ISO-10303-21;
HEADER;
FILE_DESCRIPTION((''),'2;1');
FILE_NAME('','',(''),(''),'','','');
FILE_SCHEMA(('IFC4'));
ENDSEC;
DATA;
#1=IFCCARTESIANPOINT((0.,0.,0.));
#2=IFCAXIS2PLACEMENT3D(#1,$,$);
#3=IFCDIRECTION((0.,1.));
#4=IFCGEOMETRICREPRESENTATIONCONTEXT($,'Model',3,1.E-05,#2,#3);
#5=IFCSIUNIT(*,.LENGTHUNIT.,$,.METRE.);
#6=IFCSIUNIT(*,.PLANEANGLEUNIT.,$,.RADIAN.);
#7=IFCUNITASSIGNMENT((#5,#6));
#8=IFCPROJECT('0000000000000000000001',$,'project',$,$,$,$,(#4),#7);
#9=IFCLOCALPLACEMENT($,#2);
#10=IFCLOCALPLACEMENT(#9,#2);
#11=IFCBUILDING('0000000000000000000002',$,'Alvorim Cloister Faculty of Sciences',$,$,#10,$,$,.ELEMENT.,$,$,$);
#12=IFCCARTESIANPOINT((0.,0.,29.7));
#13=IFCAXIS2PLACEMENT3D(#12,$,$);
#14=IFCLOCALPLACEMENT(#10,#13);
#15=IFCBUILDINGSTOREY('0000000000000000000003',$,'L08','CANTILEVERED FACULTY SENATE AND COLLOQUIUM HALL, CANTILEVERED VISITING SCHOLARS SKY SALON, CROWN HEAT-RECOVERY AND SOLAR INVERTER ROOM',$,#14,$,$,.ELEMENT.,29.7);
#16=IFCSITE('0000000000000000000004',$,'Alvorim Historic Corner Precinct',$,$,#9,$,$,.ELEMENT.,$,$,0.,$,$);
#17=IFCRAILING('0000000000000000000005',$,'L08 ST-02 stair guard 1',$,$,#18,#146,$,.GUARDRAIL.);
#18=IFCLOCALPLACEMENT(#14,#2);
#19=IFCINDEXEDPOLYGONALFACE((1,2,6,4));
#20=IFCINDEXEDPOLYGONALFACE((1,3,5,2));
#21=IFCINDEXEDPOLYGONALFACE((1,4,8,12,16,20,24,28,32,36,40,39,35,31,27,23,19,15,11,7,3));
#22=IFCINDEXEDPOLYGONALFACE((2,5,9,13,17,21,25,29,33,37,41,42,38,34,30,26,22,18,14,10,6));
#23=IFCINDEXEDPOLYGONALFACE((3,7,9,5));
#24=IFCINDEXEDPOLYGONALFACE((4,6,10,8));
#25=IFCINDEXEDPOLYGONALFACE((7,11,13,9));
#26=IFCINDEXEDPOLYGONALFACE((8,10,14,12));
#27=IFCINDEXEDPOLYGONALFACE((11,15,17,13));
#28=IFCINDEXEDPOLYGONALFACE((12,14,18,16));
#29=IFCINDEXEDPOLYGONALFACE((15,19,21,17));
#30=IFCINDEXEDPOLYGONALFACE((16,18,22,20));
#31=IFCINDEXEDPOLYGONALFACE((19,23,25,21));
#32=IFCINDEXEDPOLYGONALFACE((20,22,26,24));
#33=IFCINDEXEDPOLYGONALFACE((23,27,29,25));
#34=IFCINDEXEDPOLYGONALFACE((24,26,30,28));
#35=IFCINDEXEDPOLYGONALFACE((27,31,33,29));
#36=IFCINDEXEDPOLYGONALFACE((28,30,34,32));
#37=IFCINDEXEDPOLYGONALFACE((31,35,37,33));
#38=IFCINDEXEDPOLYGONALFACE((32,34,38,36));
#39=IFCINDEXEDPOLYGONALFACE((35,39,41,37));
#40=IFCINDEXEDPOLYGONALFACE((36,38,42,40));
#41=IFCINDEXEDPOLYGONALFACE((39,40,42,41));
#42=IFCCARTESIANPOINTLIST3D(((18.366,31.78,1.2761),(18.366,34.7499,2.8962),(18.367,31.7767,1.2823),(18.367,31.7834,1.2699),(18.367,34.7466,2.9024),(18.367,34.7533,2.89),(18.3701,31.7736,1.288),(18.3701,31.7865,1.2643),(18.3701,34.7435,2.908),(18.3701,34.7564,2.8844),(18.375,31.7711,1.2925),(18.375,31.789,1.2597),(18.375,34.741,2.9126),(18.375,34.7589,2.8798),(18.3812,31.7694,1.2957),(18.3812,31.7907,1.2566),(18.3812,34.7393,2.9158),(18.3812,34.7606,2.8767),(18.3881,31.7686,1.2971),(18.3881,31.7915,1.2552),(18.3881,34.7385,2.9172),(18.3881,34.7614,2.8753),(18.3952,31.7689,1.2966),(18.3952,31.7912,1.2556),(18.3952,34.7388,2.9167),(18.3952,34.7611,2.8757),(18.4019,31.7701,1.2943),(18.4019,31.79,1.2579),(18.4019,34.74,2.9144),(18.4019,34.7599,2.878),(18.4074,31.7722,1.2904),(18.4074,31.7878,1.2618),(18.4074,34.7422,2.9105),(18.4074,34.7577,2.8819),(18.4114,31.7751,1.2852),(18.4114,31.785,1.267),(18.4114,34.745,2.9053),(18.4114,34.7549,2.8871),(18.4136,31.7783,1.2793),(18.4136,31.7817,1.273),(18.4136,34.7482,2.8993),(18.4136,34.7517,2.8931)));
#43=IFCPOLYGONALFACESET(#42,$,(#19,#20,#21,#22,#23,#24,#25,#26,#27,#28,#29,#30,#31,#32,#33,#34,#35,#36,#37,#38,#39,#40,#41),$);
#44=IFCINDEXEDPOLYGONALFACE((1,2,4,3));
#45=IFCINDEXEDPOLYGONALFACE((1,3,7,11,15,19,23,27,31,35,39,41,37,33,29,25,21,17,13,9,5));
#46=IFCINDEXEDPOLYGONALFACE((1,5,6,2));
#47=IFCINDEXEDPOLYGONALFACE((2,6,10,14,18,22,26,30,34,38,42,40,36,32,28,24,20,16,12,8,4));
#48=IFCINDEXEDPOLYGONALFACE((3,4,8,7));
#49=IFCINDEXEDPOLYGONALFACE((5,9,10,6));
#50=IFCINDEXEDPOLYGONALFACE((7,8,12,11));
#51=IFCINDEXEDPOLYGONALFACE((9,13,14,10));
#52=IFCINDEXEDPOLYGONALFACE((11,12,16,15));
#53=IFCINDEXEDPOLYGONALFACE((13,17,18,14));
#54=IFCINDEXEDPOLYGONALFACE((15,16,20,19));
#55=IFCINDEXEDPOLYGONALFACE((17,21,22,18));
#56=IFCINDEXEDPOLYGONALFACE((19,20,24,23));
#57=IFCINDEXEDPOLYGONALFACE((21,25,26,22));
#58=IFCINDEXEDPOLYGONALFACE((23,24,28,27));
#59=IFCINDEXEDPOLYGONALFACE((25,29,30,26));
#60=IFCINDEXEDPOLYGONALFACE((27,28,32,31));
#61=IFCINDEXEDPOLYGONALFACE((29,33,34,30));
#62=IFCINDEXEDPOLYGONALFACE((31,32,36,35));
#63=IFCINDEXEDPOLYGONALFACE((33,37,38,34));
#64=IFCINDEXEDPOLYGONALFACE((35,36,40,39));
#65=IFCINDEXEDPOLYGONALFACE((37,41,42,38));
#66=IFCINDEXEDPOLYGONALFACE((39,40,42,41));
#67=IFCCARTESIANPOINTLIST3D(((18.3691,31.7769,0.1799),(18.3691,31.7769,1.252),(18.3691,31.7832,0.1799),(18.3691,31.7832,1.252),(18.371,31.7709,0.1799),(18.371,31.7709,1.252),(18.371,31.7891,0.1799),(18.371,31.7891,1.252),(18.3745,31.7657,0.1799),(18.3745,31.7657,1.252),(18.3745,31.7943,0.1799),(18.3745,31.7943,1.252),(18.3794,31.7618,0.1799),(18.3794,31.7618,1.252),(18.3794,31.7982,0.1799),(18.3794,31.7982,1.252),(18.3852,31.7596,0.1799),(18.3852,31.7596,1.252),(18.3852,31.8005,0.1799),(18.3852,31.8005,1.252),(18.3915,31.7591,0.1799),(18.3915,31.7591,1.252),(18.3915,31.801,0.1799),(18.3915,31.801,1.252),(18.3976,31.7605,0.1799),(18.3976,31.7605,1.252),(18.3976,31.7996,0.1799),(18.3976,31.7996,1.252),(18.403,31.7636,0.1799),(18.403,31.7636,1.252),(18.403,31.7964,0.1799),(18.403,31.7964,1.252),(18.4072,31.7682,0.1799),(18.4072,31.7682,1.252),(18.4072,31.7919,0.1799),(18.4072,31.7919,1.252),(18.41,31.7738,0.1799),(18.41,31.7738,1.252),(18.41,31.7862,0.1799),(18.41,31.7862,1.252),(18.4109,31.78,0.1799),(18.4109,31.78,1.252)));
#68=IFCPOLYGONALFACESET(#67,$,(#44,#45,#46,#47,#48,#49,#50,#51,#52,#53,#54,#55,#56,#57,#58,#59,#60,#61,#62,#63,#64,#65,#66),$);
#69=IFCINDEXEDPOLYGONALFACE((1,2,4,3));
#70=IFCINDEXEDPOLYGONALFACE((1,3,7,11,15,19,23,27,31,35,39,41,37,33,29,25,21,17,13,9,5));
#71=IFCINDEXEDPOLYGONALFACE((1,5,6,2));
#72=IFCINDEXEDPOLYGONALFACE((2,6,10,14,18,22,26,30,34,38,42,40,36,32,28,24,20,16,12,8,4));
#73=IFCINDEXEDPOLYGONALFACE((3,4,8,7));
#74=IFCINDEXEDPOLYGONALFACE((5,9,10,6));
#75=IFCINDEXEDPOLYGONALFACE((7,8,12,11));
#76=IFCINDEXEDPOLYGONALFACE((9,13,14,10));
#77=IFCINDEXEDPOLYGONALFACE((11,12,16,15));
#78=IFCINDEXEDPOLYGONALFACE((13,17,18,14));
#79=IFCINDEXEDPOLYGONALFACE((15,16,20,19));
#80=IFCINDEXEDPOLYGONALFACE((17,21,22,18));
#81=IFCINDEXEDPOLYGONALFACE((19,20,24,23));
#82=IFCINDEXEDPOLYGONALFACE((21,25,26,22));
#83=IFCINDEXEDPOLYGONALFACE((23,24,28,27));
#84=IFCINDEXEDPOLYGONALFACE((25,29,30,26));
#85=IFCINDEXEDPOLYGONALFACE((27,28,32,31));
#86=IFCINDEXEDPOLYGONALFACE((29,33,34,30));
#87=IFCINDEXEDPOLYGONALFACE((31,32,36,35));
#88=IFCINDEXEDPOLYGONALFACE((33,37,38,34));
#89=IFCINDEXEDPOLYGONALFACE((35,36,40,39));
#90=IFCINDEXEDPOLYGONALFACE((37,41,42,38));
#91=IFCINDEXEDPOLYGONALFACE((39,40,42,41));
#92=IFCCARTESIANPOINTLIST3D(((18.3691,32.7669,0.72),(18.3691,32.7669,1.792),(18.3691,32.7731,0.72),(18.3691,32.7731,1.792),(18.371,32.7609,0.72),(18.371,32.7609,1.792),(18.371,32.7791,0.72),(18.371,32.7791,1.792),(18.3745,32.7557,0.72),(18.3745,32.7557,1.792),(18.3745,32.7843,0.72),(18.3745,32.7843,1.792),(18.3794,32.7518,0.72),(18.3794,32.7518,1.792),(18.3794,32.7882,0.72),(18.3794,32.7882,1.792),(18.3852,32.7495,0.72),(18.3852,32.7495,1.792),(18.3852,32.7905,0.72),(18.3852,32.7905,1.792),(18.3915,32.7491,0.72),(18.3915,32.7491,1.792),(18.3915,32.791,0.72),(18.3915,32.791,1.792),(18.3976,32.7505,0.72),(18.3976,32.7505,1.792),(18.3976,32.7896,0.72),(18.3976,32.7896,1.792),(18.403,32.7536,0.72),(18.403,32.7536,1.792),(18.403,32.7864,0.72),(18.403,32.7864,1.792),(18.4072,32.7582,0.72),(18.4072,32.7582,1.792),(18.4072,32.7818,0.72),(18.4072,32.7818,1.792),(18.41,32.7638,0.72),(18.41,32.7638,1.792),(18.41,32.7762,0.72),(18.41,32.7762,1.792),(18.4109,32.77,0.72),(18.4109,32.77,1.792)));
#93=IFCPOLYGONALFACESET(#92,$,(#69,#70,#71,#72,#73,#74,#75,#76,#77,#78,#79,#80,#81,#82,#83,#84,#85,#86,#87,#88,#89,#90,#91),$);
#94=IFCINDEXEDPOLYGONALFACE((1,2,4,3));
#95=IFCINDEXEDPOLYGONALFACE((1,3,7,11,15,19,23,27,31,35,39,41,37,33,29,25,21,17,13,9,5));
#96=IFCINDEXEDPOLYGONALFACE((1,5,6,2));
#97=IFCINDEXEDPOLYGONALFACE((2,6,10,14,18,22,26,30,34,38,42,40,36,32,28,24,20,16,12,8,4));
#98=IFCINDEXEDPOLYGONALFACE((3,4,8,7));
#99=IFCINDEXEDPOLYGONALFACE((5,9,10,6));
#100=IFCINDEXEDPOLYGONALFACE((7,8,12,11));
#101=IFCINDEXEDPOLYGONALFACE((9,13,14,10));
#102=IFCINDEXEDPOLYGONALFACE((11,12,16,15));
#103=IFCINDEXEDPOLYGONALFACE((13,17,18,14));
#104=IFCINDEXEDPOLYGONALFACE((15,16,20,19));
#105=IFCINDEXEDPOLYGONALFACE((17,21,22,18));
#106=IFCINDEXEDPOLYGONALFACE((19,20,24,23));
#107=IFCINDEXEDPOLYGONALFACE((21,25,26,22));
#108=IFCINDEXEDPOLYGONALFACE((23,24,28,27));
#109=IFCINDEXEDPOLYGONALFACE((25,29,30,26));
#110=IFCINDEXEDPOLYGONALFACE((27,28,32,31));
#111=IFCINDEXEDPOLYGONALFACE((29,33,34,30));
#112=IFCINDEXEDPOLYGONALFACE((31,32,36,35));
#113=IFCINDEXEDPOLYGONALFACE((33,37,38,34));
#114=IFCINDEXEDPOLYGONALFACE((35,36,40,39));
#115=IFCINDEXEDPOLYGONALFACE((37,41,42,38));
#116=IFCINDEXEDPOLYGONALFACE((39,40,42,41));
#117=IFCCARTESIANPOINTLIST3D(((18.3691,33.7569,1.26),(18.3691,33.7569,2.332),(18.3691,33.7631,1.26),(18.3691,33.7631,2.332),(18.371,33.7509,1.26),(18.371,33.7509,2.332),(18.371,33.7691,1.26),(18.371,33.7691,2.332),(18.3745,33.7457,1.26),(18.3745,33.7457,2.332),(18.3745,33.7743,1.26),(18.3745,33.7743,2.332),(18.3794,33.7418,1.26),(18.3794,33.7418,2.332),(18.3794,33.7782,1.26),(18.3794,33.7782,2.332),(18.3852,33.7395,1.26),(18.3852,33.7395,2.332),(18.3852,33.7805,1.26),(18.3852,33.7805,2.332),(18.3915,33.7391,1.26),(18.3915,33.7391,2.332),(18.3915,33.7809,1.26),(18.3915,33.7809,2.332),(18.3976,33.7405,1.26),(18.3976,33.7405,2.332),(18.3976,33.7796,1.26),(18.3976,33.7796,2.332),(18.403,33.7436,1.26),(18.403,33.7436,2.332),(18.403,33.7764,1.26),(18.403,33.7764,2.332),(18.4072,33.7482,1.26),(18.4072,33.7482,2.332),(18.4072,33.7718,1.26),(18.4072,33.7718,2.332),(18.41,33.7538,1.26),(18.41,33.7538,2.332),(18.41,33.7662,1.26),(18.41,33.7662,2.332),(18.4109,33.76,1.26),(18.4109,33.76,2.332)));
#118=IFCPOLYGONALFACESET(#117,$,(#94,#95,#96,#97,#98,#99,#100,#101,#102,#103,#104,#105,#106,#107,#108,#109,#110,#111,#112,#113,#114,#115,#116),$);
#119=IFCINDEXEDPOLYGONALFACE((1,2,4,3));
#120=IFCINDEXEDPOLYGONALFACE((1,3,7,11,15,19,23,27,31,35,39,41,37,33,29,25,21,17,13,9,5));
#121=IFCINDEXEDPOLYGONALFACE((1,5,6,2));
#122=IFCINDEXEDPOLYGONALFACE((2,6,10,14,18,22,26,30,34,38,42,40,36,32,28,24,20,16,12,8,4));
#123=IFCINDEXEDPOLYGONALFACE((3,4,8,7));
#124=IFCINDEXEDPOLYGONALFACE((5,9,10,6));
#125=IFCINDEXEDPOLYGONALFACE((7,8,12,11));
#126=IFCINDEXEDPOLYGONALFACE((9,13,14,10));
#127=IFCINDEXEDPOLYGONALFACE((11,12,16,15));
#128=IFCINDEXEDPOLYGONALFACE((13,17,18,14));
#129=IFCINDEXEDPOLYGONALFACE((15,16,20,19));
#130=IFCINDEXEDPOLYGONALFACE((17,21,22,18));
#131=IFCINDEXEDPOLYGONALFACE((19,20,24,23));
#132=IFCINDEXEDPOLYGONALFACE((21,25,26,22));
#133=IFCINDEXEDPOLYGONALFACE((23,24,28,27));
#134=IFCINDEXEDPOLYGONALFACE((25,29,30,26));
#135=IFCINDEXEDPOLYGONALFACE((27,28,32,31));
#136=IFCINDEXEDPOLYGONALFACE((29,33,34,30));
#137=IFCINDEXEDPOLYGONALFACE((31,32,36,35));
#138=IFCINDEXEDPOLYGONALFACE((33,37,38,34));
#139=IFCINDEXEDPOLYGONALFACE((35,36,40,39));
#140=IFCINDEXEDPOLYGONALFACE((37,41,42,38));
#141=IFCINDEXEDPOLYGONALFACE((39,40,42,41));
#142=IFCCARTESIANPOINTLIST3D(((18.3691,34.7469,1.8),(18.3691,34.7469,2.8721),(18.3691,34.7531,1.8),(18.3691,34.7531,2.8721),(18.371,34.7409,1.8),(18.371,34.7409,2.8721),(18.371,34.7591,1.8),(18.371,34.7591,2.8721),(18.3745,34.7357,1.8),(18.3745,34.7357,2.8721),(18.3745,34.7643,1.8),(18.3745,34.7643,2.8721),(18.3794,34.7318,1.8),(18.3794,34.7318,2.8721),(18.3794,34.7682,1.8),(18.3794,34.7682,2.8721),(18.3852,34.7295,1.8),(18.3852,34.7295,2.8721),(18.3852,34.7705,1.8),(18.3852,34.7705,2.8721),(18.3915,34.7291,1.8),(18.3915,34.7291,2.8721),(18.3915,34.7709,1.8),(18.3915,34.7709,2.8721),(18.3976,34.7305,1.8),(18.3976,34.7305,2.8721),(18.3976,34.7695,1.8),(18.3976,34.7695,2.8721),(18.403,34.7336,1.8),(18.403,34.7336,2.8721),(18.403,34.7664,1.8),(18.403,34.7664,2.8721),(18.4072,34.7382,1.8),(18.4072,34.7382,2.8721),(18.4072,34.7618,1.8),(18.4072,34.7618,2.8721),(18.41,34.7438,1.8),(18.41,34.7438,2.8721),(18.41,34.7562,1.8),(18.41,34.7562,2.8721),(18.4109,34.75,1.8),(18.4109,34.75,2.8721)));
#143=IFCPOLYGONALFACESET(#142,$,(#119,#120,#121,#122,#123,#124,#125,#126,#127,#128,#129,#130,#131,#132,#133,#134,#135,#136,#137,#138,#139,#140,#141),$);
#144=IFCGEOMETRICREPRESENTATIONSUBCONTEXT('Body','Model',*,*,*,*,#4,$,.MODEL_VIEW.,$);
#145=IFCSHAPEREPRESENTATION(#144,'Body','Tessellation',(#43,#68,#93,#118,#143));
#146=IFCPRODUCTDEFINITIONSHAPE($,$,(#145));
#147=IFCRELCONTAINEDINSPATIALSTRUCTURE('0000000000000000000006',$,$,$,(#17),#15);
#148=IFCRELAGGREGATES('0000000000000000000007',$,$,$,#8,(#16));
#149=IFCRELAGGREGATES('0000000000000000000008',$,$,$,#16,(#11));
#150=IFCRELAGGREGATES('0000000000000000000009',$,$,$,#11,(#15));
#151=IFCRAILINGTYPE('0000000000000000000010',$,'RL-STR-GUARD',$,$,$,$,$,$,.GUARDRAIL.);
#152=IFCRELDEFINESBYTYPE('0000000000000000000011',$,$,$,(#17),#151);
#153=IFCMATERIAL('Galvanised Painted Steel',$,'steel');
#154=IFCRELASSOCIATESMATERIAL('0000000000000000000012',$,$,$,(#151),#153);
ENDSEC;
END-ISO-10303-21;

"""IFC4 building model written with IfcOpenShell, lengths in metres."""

from ifc_helpers import new_model, si_unit, direction, frame, origin, origin_2d, place, context, subcontext, project, spatial, circle, extrude, material, type_object, element, save


model = new_model("IFC4")

# Units and contexts
model_context = context("Model", 3, precision=1e-05, world=origin(), true_north=direction((0.0, 1.0)))
body_context = subcontext(model_context, "Body", "Model", "MODEL_VIEW")
ifc_project = project(units=[si_unit("LENGTHUNIT", "METRE"), si_unit("PLANEANGLEUNIT", "RADIAN")], contexts=[model_context])

# Site, building, storey
site_placement = place(None, origin())
site = spatial("IfcSite", under=ifc_project, at=site_placement, Name="Alvorim Historic Corner Precinct", CompositionType="ELEMENT", RefElevation=0.0)
building_placement = place(site_placement, origin())
building = spatial("IfcBuilding", under=site, at=building_placement, Name="Alvorim Cloister Faculty of Sciences", CompositionType="ELEMENT")
storey_placement = place(building_placement, frame((0.0, 0.0, 29.7)))
storey = spatial("IfcBuildingStorey", under=building, at=storey_placement, Name="L08", Description="CANTILEVERED FACULTY SENATE AND COLLOQUIUM HALL, CANTILEVERED VISITING SCHOLARS SKY SALON, CROWN HEAT-RECOVERY AND SOLAR INVERTER ROOM", CompositionType="ELEMENT", Elevation=29.7)

# Railing
ifc_material_1 = material(Name="Galvanised Painted Steel", Category="steel")
railing_type_1 = type_object("IfcRailingType", Name="RL-STR-GUARD", PredefinedType="GUARDRAIL", material=ifc_material_1)
railing_1_placement = place(storey_placement, frame((18.3899, 31.78, 0.1799)))
element("IfcRailing", 1, at=railing_1_placement, inside=storey, type_object=railing_type_1, Name="L08 ST-02 stair guard 1", PredefinedType="GUARDRAIL", context=body_context, shape_type="SweptSolid", body=[
    extrude(circle(Radius=0.0239, at=origin_2d()), frame((0.0, 0.0, 1.0962), z_axis=(0.0, 0.877879, 0.478882), x_axis=(-1.0, 0.0, 0.0)), (0.0, 0.0, 1.0), 3.3831),
    extrude(circle(Radius=0.021, at=origin_2d()), origin(), (0.0, 0.0, 1.0), 1.072),
    extrude(circle(Radius=0.021, at=origin_2d()), frame((0.0, 0.99, 0.54)), (0.0, 0.0, 1.0), 1.072),
    extrude(circle(Radius=0.021, at=origin_2d()), frame((0.0, 1.98, 1.0801)), (0.0, 0.0, 1.0), 1.072),
    extrude(circle(Radius=0.021, at=origin_2d()), frame((0.0, 2.97, 1.6201)), (0.0, 0.0, 1.0), 1.072),
])

save(model, "model.ifc")
